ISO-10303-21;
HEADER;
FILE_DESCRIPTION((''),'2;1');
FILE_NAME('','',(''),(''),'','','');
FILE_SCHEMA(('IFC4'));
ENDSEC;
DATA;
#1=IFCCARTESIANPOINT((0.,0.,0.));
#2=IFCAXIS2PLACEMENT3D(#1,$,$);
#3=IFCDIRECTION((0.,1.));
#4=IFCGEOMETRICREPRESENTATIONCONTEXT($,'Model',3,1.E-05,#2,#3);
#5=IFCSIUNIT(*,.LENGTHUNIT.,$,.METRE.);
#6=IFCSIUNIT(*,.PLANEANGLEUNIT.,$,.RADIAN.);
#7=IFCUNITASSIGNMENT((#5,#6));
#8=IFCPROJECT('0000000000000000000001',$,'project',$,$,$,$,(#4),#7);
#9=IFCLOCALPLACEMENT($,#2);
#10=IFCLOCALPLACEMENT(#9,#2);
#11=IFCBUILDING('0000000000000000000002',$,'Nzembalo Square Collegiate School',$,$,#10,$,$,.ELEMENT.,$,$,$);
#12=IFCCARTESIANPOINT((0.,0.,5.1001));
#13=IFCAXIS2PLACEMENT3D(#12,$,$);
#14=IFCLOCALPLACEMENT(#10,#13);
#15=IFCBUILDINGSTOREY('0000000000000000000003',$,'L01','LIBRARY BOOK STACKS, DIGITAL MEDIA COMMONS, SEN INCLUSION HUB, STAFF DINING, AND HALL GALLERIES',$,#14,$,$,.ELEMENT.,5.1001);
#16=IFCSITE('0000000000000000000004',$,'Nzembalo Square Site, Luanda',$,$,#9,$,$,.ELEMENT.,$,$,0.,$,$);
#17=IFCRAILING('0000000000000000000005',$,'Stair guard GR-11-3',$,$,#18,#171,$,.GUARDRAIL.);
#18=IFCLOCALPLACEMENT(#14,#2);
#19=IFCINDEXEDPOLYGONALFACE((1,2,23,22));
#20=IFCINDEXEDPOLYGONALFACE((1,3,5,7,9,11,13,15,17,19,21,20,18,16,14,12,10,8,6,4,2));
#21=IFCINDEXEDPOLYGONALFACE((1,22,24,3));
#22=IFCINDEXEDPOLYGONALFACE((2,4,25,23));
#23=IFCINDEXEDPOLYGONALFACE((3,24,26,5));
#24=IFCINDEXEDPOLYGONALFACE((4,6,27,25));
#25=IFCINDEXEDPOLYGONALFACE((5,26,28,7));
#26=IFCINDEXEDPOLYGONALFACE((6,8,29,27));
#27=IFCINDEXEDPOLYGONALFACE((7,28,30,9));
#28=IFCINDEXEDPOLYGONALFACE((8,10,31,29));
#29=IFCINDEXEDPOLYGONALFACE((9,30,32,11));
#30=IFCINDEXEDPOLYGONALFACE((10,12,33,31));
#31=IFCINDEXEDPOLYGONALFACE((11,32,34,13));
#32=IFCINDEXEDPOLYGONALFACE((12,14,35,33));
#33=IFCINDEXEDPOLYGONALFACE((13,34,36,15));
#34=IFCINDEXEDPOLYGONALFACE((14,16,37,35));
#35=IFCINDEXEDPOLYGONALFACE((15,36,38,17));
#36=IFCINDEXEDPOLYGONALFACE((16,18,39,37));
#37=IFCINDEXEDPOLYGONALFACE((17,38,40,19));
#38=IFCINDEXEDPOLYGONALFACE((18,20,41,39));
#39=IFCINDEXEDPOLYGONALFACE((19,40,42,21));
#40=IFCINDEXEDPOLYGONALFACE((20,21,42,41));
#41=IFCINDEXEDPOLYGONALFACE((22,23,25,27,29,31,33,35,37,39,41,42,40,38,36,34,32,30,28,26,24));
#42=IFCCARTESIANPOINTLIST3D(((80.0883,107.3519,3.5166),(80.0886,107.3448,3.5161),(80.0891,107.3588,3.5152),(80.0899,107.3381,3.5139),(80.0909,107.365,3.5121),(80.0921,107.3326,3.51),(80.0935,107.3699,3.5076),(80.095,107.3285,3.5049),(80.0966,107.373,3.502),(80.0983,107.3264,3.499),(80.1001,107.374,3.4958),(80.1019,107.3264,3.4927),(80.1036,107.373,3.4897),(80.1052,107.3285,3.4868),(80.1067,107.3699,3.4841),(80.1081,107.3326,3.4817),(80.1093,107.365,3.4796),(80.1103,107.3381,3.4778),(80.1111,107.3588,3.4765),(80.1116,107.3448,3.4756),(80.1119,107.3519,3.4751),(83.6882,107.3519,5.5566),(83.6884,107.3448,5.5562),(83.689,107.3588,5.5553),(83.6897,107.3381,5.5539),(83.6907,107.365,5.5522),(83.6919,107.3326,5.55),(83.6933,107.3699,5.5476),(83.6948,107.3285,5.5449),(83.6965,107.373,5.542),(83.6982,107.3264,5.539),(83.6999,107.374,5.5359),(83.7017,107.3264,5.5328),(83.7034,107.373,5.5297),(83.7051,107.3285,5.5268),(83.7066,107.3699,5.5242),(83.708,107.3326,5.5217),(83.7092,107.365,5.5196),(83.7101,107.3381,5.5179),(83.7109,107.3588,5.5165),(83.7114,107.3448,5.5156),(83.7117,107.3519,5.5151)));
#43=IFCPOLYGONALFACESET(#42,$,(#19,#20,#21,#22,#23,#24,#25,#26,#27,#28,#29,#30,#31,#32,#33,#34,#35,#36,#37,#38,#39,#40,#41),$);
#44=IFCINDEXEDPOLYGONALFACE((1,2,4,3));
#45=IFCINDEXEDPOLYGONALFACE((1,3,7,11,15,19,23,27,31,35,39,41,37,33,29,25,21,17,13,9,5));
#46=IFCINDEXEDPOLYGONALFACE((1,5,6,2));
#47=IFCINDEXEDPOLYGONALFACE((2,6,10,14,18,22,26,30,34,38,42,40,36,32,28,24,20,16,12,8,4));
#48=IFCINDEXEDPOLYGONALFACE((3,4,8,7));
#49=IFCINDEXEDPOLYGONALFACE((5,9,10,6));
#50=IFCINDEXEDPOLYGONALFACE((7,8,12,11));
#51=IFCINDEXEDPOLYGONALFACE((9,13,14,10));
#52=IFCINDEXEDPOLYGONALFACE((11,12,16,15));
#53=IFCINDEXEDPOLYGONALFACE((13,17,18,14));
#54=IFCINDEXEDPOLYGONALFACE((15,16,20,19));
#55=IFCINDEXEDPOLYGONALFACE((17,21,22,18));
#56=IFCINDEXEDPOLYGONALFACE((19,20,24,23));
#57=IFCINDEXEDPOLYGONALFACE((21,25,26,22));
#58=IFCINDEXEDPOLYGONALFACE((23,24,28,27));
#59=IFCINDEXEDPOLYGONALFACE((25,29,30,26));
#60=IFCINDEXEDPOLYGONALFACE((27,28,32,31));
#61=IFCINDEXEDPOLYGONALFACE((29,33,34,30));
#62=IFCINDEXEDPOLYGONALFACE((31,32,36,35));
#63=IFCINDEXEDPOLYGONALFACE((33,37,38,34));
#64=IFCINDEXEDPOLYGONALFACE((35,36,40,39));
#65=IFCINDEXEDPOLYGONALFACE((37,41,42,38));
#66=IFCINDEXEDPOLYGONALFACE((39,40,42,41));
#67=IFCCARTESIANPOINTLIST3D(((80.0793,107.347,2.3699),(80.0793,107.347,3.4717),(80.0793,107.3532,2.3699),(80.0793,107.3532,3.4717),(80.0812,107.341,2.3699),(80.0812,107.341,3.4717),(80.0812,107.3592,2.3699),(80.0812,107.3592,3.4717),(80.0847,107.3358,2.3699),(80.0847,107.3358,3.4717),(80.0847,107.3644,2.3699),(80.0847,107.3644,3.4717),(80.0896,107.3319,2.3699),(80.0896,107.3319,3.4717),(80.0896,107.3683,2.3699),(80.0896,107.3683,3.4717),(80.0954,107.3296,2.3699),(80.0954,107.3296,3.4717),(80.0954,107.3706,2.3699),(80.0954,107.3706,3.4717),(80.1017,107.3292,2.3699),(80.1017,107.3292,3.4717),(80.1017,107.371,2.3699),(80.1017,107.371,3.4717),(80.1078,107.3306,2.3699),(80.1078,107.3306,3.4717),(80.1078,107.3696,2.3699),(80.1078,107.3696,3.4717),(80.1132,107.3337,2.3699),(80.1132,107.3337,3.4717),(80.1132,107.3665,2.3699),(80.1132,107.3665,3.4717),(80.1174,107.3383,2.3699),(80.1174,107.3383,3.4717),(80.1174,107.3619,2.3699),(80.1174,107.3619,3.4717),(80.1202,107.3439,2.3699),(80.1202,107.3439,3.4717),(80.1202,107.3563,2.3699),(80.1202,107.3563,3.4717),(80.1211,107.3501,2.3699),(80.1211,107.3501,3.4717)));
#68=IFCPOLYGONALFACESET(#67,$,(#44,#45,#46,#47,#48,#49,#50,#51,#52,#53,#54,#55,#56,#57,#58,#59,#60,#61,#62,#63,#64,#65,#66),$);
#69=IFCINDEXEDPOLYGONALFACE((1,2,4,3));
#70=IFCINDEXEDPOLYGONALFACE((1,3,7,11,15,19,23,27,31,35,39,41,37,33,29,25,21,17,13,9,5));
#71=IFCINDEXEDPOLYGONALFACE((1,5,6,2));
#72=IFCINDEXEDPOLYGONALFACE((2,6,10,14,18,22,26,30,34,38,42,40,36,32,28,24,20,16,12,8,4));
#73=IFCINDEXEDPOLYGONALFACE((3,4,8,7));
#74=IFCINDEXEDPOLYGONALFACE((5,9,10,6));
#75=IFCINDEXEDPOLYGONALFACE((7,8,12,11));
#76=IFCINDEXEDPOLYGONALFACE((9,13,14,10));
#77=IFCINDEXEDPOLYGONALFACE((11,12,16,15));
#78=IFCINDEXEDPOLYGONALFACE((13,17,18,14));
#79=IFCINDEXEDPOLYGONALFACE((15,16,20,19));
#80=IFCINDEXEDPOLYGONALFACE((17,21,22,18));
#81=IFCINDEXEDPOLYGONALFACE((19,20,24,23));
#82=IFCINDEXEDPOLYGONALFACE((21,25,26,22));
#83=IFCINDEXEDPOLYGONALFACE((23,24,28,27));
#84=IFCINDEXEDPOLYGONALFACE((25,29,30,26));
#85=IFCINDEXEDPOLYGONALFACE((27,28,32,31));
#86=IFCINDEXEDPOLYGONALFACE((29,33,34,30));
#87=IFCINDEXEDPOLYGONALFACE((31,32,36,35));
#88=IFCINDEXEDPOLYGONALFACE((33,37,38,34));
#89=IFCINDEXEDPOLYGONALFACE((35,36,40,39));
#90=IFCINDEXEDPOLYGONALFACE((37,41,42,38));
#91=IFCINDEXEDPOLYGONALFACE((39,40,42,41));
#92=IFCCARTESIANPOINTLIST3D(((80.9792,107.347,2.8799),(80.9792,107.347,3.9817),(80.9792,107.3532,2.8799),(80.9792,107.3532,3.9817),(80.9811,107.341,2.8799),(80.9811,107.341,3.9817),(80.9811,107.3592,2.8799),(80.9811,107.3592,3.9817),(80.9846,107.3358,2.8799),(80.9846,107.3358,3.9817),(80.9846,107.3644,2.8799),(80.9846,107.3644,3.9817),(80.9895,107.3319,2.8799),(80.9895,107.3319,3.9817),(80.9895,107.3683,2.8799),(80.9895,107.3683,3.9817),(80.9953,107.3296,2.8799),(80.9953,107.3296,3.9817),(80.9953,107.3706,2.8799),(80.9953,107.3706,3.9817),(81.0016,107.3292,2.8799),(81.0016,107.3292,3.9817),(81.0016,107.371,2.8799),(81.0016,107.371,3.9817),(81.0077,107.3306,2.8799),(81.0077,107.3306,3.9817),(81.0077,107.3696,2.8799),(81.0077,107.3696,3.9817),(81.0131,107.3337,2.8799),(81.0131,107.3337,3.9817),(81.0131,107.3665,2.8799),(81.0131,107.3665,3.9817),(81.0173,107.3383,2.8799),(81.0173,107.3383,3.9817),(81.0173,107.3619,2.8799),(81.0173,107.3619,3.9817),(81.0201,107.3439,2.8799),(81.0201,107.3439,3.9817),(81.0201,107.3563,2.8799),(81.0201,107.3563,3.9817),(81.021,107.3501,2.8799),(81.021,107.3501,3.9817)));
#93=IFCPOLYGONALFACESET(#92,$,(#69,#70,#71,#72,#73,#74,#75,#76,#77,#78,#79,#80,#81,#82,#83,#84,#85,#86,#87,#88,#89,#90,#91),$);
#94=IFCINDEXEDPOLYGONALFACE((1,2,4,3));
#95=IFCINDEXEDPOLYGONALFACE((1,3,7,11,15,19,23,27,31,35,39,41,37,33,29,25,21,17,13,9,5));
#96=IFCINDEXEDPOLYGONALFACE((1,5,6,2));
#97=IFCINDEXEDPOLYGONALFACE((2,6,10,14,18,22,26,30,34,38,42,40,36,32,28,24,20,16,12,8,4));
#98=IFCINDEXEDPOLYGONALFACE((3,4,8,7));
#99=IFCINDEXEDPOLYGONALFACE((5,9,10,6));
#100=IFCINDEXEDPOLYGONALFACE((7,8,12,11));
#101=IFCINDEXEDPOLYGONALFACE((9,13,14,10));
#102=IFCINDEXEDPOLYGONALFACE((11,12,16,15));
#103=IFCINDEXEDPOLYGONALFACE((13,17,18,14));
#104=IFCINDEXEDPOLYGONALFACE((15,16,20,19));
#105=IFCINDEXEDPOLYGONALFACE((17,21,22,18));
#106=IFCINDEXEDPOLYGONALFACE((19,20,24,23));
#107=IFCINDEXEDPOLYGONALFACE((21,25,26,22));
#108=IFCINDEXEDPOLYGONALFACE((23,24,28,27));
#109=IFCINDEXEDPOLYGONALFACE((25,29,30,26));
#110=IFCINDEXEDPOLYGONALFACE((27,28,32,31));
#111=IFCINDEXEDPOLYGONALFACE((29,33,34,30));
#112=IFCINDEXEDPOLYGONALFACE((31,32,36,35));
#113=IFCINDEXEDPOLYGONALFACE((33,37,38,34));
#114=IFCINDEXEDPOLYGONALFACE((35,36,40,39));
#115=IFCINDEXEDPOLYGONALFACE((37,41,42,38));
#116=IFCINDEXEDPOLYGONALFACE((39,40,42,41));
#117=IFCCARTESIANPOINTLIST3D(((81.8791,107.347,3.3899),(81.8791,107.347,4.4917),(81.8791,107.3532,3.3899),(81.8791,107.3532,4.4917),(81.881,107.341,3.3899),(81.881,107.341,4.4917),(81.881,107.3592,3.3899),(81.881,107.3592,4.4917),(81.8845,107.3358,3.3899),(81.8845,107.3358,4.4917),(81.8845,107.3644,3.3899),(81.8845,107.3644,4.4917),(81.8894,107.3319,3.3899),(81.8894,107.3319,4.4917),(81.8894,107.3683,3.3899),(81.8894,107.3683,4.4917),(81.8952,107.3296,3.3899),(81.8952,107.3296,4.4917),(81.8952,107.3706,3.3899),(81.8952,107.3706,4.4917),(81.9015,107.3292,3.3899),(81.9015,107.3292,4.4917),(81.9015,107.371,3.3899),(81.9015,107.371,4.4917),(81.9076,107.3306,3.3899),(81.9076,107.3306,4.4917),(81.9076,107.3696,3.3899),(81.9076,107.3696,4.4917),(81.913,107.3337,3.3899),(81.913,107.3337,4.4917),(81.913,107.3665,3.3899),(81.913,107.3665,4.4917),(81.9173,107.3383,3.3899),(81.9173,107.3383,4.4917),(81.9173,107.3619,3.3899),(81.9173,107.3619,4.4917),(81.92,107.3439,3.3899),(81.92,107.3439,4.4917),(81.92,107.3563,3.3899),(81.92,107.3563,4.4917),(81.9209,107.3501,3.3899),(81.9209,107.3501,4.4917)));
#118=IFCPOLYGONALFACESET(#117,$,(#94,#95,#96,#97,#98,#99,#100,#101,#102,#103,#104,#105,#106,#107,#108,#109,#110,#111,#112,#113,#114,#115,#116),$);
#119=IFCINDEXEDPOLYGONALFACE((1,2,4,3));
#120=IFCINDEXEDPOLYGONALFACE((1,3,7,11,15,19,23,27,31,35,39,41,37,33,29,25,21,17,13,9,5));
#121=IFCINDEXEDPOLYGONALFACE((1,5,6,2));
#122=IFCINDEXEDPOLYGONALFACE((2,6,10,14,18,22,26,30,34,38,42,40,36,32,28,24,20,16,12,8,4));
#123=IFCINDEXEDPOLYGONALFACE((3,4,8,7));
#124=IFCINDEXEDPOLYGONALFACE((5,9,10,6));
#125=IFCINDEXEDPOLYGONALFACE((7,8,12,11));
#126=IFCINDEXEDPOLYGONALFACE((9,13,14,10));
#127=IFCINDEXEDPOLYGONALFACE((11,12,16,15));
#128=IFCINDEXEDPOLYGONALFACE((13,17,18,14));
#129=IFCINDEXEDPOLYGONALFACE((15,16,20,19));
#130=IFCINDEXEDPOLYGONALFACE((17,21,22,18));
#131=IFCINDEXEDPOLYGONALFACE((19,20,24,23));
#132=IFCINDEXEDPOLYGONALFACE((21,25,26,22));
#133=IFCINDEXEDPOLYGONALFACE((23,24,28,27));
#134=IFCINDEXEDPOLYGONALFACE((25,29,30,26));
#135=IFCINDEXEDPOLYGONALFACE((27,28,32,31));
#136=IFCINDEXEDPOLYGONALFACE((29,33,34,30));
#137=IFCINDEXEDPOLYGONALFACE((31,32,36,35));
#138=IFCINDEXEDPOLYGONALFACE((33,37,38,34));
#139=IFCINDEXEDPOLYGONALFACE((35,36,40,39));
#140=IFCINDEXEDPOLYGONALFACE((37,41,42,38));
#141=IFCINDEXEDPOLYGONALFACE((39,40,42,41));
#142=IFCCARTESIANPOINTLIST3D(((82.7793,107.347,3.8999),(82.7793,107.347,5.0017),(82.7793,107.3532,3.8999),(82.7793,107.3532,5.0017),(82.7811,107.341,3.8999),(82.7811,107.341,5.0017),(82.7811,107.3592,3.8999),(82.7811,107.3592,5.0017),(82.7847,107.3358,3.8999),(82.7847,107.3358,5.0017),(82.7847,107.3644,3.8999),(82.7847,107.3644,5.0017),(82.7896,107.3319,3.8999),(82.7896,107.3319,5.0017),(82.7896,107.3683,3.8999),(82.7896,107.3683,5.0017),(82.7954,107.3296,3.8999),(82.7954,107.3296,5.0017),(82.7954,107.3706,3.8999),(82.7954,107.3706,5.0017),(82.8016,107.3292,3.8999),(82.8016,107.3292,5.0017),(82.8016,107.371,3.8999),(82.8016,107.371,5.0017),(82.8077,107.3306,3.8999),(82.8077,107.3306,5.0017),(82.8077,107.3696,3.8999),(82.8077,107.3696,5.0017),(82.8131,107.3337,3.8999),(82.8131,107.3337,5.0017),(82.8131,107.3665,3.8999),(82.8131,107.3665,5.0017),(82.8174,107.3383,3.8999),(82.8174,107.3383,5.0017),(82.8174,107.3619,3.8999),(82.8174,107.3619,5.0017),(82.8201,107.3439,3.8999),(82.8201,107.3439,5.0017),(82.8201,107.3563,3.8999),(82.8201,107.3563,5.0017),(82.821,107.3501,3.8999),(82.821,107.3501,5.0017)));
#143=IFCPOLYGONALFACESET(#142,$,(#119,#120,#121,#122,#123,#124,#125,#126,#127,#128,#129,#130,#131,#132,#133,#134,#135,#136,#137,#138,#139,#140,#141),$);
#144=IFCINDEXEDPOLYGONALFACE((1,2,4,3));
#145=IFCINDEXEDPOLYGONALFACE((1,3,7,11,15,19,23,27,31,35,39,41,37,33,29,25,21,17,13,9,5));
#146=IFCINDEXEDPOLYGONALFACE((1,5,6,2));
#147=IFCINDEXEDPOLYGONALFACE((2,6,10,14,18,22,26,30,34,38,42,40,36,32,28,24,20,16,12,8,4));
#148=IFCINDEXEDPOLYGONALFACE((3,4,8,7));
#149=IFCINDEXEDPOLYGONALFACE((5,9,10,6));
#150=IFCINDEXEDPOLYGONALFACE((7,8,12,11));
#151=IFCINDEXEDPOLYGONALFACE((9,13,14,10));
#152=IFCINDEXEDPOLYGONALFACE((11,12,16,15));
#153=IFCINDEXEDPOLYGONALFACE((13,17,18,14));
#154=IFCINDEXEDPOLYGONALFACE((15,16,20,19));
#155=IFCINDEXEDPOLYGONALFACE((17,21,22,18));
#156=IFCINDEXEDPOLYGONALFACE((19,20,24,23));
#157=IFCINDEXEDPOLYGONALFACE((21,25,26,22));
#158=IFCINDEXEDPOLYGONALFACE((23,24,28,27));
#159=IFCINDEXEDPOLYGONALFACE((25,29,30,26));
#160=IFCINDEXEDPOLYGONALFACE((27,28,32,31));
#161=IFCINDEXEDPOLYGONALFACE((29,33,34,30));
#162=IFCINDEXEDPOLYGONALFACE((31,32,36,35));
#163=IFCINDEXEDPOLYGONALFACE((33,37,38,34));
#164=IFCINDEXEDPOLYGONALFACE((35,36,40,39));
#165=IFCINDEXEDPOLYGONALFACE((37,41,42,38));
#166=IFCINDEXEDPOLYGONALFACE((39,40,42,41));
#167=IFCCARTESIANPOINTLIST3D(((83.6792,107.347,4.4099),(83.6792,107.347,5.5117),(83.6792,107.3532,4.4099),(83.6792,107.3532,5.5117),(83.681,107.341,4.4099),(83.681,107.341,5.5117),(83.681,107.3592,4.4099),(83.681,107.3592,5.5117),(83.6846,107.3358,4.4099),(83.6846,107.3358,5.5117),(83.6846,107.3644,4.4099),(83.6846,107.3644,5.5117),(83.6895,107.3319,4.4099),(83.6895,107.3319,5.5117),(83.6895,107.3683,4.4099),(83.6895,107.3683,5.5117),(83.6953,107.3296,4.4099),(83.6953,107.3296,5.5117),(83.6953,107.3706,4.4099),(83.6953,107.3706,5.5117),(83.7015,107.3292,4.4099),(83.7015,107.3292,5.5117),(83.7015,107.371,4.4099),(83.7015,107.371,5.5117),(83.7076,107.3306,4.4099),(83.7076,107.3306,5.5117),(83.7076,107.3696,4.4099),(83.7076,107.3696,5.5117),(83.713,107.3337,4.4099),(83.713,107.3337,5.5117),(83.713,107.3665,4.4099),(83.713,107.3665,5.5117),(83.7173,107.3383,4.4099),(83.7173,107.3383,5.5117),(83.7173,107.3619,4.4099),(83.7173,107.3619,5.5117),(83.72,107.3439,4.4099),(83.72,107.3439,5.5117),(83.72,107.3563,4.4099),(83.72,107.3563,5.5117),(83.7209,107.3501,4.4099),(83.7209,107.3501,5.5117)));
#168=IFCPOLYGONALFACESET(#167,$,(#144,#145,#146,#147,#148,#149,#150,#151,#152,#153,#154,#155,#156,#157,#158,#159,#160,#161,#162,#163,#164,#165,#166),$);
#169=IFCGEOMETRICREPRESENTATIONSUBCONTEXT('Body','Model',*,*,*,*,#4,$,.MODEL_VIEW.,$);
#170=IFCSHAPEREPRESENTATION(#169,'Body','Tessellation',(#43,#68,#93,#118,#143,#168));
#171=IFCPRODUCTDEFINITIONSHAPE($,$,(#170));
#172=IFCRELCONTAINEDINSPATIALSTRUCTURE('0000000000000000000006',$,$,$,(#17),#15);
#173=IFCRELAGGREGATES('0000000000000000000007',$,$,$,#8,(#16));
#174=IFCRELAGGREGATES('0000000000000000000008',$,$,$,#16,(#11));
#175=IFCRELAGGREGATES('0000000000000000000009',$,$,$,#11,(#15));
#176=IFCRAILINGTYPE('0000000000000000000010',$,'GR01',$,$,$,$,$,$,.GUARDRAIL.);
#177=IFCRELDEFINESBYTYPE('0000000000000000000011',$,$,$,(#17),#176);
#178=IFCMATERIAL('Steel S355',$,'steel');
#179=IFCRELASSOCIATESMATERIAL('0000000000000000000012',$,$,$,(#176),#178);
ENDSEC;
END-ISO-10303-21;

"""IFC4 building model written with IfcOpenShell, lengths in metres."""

from ifc_helpers import new_model, si_unit, direction, frame, origin, origin_2d, place, context, subcontext, project, spatial, circle, extrude, material, type_object, element, save


model = new_model("IFC4")

# Units and contexts
model_context = context("Model", 3, precision=1e-05, world=origin(), true_north=direction((0.0, 1.0)))
body_context = subcontext(model_context, "Body", "Model", "MODEL_VIEW")
ifc_project = project(units=[si_unit("LENGTHUNIT", "METRE"), si_unit("PLANEANGLEUNIT", "RADIAN")], contexts=[model_context])

# Site, building, storey
site_placement = place(None, origin())
site = spatial("IfcSite", under=ifc_project, at=site_placement, Name="Nzembalo Square Site, Luanda", CompositionType="ELEMENT", RefElevation=0.0)
building_placement = place(site_placement, origin())
building = spatial("IfcBuilding", under=site, at=building_placement, Name="Nzembalo Square Collegiate School", CompositionType="ELEMENT")
storey_placement = place(building_placement, frame((0.0, 0.0, 5.1001)))
storey = spatial("IfcBuildingStorey", under=building, at=storey_placement, Name="L01", Description="LIBRARY BOOK STACKS, DIGITAL MEDIA COMMONS, SEN INCLUSION HUB, STAFF DINING, AND HALL GALLERIES", CompositionType="ELEMENT", Elevation=5.1001)

# Railing
ifc_material_1 = material(Name="Steel S355", Category="steel")
railing_type_1 = type_object("IfcRailingType", Name="GR01", PredefinedType="GUARDRAIL", material=ifc_material_1)
railing_1_placement = place(storey_placement, frame((80.1001, 107.3501, 2.3699)))
element("IfcRailing", 1, at=railing_1_placement, inside=storey, type_object=railing_type_1, Name="Stair guard GR-11-3", PredefinedType="GUARDRAIL", context=body_context, shape_type="SweptSolid", body=[
    extrude(circle(Radius=0.0239, at=origin_2d()), frame((0.0, 0.0, 1.126), z_axis=(0.87001, 0.0, 0.493035), x_axis=(0.0, 1.0, 0.0)), (0.0, 0.0, 1.0), 4.1377),
    extrude(circle(Radius=0.021, at=origin_2d()), origin(), (0.0, 0.0, 1.0), 1.1018),
    extrude(circle(Radius=0.021, at=origin_2d()), frame((0.8999, 0.0, 0.51)), (0.0, 0.0, 1.0), 1.1018),
    extrude(circle(Radius=0.021, at=origin_2d()), frame((1.7998, 0.0, 1.02)), (0.0, 0.0, 1.0), 1.1018),
    extrude(circle(Radius=0.021, at=origin_2d()), frame((2.7, 0.0, 1.53)), (0.0, 0.0, 1.0), 1.1018),
    extrude(circle(Radius=0.021, at=origin_2d()), frame((3.5999, 0.0, 2.04)), (0.0, 0.0, 1.0), 1.1018),
])

save(model, "model.ifc")
